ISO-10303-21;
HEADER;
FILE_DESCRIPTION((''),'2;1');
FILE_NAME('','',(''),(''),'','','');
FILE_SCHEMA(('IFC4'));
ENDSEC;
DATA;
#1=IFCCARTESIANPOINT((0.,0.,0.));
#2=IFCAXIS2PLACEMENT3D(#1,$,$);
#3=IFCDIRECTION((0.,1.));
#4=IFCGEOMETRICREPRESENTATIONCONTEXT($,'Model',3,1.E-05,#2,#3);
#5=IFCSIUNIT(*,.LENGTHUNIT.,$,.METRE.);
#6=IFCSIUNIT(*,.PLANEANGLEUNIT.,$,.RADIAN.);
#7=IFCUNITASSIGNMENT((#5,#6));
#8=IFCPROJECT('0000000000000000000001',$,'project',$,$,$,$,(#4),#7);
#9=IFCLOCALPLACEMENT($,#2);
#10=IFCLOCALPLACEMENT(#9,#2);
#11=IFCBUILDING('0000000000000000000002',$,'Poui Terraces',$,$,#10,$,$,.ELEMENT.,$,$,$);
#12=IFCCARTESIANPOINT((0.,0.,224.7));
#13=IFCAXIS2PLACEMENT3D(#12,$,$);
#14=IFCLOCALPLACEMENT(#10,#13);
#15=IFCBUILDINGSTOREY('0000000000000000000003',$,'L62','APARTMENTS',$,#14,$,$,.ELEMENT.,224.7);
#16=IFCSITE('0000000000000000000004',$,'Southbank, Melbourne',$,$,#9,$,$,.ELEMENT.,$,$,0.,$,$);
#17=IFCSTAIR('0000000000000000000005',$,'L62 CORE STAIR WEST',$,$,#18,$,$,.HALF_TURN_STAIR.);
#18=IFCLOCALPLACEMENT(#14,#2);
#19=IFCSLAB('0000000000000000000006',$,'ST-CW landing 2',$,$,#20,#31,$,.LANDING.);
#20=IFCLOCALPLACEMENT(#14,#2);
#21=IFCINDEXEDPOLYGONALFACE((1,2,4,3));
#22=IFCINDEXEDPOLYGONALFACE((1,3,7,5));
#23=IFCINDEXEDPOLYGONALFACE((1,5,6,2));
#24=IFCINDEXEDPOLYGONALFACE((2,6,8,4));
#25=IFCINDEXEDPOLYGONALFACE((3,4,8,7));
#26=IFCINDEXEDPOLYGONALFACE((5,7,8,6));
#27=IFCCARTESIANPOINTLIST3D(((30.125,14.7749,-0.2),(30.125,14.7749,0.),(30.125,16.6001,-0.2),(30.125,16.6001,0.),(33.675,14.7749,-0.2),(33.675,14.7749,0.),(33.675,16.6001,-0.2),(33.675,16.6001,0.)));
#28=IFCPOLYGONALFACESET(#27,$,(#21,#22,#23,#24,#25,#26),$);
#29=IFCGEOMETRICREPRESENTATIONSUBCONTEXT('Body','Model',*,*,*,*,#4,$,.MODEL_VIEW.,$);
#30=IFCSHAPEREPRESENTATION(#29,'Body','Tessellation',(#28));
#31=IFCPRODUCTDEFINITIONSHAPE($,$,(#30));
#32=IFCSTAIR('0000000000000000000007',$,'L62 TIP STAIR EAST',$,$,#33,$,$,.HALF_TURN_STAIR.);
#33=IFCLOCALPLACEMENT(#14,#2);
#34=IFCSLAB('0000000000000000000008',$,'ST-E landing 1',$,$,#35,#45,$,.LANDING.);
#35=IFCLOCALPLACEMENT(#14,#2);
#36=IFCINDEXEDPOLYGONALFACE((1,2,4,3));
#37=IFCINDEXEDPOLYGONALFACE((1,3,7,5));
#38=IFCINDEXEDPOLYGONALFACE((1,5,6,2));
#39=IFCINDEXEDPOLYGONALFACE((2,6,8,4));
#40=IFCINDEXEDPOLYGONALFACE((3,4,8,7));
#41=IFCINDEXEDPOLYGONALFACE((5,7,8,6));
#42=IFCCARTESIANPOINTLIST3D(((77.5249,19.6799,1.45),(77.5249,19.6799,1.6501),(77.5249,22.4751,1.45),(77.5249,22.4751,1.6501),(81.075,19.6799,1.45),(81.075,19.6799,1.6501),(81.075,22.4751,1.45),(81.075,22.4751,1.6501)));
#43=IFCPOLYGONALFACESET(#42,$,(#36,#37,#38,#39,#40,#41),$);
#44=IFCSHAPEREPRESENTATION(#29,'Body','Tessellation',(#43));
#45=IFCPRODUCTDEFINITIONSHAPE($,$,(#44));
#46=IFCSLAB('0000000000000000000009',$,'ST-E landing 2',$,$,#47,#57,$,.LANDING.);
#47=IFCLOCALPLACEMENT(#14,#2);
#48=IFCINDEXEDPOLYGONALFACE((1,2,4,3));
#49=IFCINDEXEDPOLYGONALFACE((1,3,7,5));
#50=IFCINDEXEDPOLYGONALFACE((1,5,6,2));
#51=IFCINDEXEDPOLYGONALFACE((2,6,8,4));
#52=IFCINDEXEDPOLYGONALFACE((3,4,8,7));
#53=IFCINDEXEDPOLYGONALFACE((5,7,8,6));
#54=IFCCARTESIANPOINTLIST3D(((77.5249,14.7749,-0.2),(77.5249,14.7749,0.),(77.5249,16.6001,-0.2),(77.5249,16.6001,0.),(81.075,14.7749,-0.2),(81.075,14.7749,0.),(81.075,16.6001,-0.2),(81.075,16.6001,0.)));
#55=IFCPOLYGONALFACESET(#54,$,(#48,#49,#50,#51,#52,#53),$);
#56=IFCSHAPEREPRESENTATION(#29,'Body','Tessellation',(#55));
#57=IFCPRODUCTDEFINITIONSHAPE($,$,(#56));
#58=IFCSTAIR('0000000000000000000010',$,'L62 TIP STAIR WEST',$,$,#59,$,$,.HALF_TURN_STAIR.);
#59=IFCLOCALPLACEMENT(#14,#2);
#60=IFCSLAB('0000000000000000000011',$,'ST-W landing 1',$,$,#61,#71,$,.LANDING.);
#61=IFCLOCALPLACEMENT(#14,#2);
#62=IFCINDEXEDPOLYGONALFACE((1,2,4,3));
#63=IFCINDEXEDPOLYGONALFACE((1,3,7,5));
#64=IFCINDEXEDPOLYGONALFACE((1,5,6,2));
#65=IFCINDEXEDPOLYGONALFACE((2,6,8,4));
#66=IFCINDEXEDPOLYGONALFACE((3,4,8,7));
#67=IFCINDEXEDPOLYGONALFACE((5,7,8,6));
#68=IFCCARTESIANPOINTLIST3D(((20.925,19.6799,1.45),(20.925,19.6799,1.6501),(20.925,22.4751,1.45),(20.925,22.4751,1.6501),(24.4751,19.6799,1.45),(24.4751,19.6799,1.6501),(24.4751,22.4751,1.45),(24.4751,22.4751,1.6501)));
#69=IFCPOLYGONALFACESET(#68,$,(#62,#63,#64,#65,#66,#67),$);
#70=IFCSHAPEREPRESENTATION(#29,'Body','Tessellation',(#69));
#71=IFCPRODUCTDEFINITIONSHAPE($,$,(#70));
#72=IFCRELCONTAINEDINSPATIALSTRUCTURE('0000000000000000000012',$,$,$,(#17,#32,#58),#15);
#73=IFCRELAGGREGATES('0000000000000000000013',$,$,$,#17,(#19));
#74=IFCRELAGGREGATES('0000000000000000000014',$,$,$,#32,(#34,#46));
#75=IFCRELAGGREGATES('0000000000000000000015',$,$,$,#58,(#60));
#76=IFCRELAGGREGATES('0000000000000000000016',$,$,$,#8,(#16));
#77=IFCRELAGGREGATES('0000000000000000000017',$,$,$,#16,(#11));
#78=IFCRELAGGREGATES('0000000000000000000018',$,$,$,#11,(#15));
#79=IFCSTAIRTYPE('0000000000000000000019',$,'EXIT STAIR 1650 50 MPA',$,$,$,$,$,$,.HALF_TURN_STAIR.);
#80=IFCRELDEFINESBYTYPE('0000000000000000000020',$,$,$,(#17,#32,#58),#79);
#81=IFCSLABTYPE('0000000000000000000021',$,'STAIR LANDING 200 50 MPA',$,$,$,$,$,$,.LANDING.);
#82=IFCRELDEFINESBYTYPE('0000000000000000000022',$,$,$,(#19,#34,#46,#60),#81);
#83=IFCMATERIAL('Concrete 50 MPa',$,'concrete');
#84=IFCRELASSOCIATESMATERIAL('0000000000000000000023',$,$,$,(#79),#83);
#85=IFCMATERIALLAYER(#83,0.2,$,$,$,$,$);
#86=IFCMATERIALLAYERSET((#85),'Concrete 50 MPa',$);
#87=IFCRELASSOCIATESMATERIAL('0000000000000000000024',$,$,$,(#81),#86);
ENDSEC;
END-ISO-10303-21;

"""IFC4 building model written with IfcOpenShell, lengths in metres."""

from ifc_helpers import new_model, si_unit, direction, frame, origin, place, context, subcontext, project, spatial, polyline, outline, extrude, material, layer, layer_set, type_object, element, aggregate, save


model = new_model("IFC4")

# Units and contexts
model_context = context("Model", 3, precision=1e-05, world=origin(), true_north=direction((0.0, 1.0)))
body_context = subcontext(model_context, "Body", "Model", "MODEL_VIEW")
ifc_project = project(units=[si_unit("LENGTHUNIT", "METRE"), si_unit("PLANEANGLEUNIT", "RADIAN")], contexts=[model_context])

# Site, building, storey
site_placement = place(None, origin())
site = spatial("IfcSite", under=ifc_project, at=site_placement, Name="Southbank, Melbourne", CompositionType="ELEMENT", RefElevation=0.0)
building_placement = place(site_placement, origin())
building = spatial("IfcBuilding", under=site, at=building_placement, Name="Poui Terraces", CompositionType="ELEMENT")
storey_placement = place(building_placement, frame((0.0, 0.0, 224.7)))
storey = spatial("IfcBuildingStorey", under=building, at=storey_placement, Name="L62", Description="APARTMENTS", CompositionType="ELEMENT", Elevation=224.7)

# Stair, slab
ifc_material = material(Name="Concrete 50 MPa", Category="concrete")
stair_type = type_object("IfcStairType", Name="EXIT STAIR 1650 50 MPA", PredefinedType="HALF_TURN_STAIR", material=ifc_material)
stair_1_placement = place(storey_placement, origin())
stair_1 = element("IfcStair", 1, at=stair_1_placement, inside=storey, type_object=stair_type, Name="L62 CORE STAIR WEST", PredefinedType="HALF_TURN_STAIR")
ifc_layer = layer(ifc_material, 0.2)
ifc_layer_set = layer_set([ifc_layer], Name="Concrete 50 MPa")
slab_type = type_object("IfcSlabType", Name="STAIR LANDING 200 50 MPA", PredefinedType="LANDING", material=ifc_layer_set)
slab_1_placement = place(storey_placement, frame((0.0, 0.0, -0.2)))
slab_1 = element("IfcSlab", 2, at=slab_1_placement, type_object=slab_type, Name="ST-CW landing 2", PredefinedType="LANDING", context=body_context, shape_type="SweptSolid", body=[
    extrude(outline(polyline([(30.125, 14.7749), (33.675, 14.7749), (33.675, 16.6001), (30.125, 16.6001), (30.125, 14.7749)])), origin(), (0.0, 0.0, 1.0), 0.2),
])
aggregate(stair_1, [slab_1])

# Stair, slabs
stair_2_placement = place(storey_placement, origin())
stair_2 = element("IfcStair", 3, at=stair_2_placement, inside=storey, type_object=stair_type, Name="L62 TIP STAIR EAST", PredefinedType="HALF_TURN_STAIR")
slab_2_placement = place(storey_placement, frame((0.0, 0.0, 1.45)))
slab_2 = element("IfcSlab", 4, at=slab_2_placement, type_object=slab_type, Name="ST-E landing 1", PredefinedType="LANDING", context=body_context, shape_type="SweptSolid", body=[
    extrude(outline(polyline([(77.5249, 19.6799), (81.075, 19.6799), (81.075, 22.4751), (77.5249, 22.4751), (77.5249, 19.6799)])), origin(), (0.0, 0.0, 1.0), 0.2002),
])
slab_3_placement = place(storey_placement, frame((0.0, 0.0, -0.2)))
slab_3 = element("IfcSlab", 5, at=slab_3_placement, type_object=slab_type, Name="ST-E landing 2", PredefinedType="LANDING", context=body_context, shape_type="SweptSolid", body=[
    extrude(outline(polyline([(77.5249, 14.7749), (81.075, 14.7749), (81.075, 16.6001), (77.5249, 16.6001), (77.5249, 14.7749)])), origin(), (0.0, 0.0, 1.0), 0.2),
])
aggregate(stair_2, [slab_2, slab_3])

# Stair, slab
stair_3_placement = place(storey_placement, origin())
stair_3 = element("IfcStair", 6, at=stair_3_placement, inside=storey, type_object=stair_type, Name="L62 TIP STAIR WEST", PredefinedType="HALF_TURN_STAIR")
slab_4_placement = place(storey_placement, frame((0.0, 0.0, 1.45)))
slab_4 = element("IfcSlab", 7, at=slab_4_placement, type_object=slab_type, Name="ST-W landing 1", PredefinedType="LANDING", context=body_context, shape_type="SweptSolid", body=[
    extrude(outline(polyline([(20.925, 19.6799), (24.4751, 19.6799), (24.4751, 22.4751), (20.925, 22.4751), (20.925, 19.6799)])), origin(), (0.0, 0.0, 1.0), 0.2002),
])
aggregate(stair_3, [slab_4])

save(model, "model.ifc")
